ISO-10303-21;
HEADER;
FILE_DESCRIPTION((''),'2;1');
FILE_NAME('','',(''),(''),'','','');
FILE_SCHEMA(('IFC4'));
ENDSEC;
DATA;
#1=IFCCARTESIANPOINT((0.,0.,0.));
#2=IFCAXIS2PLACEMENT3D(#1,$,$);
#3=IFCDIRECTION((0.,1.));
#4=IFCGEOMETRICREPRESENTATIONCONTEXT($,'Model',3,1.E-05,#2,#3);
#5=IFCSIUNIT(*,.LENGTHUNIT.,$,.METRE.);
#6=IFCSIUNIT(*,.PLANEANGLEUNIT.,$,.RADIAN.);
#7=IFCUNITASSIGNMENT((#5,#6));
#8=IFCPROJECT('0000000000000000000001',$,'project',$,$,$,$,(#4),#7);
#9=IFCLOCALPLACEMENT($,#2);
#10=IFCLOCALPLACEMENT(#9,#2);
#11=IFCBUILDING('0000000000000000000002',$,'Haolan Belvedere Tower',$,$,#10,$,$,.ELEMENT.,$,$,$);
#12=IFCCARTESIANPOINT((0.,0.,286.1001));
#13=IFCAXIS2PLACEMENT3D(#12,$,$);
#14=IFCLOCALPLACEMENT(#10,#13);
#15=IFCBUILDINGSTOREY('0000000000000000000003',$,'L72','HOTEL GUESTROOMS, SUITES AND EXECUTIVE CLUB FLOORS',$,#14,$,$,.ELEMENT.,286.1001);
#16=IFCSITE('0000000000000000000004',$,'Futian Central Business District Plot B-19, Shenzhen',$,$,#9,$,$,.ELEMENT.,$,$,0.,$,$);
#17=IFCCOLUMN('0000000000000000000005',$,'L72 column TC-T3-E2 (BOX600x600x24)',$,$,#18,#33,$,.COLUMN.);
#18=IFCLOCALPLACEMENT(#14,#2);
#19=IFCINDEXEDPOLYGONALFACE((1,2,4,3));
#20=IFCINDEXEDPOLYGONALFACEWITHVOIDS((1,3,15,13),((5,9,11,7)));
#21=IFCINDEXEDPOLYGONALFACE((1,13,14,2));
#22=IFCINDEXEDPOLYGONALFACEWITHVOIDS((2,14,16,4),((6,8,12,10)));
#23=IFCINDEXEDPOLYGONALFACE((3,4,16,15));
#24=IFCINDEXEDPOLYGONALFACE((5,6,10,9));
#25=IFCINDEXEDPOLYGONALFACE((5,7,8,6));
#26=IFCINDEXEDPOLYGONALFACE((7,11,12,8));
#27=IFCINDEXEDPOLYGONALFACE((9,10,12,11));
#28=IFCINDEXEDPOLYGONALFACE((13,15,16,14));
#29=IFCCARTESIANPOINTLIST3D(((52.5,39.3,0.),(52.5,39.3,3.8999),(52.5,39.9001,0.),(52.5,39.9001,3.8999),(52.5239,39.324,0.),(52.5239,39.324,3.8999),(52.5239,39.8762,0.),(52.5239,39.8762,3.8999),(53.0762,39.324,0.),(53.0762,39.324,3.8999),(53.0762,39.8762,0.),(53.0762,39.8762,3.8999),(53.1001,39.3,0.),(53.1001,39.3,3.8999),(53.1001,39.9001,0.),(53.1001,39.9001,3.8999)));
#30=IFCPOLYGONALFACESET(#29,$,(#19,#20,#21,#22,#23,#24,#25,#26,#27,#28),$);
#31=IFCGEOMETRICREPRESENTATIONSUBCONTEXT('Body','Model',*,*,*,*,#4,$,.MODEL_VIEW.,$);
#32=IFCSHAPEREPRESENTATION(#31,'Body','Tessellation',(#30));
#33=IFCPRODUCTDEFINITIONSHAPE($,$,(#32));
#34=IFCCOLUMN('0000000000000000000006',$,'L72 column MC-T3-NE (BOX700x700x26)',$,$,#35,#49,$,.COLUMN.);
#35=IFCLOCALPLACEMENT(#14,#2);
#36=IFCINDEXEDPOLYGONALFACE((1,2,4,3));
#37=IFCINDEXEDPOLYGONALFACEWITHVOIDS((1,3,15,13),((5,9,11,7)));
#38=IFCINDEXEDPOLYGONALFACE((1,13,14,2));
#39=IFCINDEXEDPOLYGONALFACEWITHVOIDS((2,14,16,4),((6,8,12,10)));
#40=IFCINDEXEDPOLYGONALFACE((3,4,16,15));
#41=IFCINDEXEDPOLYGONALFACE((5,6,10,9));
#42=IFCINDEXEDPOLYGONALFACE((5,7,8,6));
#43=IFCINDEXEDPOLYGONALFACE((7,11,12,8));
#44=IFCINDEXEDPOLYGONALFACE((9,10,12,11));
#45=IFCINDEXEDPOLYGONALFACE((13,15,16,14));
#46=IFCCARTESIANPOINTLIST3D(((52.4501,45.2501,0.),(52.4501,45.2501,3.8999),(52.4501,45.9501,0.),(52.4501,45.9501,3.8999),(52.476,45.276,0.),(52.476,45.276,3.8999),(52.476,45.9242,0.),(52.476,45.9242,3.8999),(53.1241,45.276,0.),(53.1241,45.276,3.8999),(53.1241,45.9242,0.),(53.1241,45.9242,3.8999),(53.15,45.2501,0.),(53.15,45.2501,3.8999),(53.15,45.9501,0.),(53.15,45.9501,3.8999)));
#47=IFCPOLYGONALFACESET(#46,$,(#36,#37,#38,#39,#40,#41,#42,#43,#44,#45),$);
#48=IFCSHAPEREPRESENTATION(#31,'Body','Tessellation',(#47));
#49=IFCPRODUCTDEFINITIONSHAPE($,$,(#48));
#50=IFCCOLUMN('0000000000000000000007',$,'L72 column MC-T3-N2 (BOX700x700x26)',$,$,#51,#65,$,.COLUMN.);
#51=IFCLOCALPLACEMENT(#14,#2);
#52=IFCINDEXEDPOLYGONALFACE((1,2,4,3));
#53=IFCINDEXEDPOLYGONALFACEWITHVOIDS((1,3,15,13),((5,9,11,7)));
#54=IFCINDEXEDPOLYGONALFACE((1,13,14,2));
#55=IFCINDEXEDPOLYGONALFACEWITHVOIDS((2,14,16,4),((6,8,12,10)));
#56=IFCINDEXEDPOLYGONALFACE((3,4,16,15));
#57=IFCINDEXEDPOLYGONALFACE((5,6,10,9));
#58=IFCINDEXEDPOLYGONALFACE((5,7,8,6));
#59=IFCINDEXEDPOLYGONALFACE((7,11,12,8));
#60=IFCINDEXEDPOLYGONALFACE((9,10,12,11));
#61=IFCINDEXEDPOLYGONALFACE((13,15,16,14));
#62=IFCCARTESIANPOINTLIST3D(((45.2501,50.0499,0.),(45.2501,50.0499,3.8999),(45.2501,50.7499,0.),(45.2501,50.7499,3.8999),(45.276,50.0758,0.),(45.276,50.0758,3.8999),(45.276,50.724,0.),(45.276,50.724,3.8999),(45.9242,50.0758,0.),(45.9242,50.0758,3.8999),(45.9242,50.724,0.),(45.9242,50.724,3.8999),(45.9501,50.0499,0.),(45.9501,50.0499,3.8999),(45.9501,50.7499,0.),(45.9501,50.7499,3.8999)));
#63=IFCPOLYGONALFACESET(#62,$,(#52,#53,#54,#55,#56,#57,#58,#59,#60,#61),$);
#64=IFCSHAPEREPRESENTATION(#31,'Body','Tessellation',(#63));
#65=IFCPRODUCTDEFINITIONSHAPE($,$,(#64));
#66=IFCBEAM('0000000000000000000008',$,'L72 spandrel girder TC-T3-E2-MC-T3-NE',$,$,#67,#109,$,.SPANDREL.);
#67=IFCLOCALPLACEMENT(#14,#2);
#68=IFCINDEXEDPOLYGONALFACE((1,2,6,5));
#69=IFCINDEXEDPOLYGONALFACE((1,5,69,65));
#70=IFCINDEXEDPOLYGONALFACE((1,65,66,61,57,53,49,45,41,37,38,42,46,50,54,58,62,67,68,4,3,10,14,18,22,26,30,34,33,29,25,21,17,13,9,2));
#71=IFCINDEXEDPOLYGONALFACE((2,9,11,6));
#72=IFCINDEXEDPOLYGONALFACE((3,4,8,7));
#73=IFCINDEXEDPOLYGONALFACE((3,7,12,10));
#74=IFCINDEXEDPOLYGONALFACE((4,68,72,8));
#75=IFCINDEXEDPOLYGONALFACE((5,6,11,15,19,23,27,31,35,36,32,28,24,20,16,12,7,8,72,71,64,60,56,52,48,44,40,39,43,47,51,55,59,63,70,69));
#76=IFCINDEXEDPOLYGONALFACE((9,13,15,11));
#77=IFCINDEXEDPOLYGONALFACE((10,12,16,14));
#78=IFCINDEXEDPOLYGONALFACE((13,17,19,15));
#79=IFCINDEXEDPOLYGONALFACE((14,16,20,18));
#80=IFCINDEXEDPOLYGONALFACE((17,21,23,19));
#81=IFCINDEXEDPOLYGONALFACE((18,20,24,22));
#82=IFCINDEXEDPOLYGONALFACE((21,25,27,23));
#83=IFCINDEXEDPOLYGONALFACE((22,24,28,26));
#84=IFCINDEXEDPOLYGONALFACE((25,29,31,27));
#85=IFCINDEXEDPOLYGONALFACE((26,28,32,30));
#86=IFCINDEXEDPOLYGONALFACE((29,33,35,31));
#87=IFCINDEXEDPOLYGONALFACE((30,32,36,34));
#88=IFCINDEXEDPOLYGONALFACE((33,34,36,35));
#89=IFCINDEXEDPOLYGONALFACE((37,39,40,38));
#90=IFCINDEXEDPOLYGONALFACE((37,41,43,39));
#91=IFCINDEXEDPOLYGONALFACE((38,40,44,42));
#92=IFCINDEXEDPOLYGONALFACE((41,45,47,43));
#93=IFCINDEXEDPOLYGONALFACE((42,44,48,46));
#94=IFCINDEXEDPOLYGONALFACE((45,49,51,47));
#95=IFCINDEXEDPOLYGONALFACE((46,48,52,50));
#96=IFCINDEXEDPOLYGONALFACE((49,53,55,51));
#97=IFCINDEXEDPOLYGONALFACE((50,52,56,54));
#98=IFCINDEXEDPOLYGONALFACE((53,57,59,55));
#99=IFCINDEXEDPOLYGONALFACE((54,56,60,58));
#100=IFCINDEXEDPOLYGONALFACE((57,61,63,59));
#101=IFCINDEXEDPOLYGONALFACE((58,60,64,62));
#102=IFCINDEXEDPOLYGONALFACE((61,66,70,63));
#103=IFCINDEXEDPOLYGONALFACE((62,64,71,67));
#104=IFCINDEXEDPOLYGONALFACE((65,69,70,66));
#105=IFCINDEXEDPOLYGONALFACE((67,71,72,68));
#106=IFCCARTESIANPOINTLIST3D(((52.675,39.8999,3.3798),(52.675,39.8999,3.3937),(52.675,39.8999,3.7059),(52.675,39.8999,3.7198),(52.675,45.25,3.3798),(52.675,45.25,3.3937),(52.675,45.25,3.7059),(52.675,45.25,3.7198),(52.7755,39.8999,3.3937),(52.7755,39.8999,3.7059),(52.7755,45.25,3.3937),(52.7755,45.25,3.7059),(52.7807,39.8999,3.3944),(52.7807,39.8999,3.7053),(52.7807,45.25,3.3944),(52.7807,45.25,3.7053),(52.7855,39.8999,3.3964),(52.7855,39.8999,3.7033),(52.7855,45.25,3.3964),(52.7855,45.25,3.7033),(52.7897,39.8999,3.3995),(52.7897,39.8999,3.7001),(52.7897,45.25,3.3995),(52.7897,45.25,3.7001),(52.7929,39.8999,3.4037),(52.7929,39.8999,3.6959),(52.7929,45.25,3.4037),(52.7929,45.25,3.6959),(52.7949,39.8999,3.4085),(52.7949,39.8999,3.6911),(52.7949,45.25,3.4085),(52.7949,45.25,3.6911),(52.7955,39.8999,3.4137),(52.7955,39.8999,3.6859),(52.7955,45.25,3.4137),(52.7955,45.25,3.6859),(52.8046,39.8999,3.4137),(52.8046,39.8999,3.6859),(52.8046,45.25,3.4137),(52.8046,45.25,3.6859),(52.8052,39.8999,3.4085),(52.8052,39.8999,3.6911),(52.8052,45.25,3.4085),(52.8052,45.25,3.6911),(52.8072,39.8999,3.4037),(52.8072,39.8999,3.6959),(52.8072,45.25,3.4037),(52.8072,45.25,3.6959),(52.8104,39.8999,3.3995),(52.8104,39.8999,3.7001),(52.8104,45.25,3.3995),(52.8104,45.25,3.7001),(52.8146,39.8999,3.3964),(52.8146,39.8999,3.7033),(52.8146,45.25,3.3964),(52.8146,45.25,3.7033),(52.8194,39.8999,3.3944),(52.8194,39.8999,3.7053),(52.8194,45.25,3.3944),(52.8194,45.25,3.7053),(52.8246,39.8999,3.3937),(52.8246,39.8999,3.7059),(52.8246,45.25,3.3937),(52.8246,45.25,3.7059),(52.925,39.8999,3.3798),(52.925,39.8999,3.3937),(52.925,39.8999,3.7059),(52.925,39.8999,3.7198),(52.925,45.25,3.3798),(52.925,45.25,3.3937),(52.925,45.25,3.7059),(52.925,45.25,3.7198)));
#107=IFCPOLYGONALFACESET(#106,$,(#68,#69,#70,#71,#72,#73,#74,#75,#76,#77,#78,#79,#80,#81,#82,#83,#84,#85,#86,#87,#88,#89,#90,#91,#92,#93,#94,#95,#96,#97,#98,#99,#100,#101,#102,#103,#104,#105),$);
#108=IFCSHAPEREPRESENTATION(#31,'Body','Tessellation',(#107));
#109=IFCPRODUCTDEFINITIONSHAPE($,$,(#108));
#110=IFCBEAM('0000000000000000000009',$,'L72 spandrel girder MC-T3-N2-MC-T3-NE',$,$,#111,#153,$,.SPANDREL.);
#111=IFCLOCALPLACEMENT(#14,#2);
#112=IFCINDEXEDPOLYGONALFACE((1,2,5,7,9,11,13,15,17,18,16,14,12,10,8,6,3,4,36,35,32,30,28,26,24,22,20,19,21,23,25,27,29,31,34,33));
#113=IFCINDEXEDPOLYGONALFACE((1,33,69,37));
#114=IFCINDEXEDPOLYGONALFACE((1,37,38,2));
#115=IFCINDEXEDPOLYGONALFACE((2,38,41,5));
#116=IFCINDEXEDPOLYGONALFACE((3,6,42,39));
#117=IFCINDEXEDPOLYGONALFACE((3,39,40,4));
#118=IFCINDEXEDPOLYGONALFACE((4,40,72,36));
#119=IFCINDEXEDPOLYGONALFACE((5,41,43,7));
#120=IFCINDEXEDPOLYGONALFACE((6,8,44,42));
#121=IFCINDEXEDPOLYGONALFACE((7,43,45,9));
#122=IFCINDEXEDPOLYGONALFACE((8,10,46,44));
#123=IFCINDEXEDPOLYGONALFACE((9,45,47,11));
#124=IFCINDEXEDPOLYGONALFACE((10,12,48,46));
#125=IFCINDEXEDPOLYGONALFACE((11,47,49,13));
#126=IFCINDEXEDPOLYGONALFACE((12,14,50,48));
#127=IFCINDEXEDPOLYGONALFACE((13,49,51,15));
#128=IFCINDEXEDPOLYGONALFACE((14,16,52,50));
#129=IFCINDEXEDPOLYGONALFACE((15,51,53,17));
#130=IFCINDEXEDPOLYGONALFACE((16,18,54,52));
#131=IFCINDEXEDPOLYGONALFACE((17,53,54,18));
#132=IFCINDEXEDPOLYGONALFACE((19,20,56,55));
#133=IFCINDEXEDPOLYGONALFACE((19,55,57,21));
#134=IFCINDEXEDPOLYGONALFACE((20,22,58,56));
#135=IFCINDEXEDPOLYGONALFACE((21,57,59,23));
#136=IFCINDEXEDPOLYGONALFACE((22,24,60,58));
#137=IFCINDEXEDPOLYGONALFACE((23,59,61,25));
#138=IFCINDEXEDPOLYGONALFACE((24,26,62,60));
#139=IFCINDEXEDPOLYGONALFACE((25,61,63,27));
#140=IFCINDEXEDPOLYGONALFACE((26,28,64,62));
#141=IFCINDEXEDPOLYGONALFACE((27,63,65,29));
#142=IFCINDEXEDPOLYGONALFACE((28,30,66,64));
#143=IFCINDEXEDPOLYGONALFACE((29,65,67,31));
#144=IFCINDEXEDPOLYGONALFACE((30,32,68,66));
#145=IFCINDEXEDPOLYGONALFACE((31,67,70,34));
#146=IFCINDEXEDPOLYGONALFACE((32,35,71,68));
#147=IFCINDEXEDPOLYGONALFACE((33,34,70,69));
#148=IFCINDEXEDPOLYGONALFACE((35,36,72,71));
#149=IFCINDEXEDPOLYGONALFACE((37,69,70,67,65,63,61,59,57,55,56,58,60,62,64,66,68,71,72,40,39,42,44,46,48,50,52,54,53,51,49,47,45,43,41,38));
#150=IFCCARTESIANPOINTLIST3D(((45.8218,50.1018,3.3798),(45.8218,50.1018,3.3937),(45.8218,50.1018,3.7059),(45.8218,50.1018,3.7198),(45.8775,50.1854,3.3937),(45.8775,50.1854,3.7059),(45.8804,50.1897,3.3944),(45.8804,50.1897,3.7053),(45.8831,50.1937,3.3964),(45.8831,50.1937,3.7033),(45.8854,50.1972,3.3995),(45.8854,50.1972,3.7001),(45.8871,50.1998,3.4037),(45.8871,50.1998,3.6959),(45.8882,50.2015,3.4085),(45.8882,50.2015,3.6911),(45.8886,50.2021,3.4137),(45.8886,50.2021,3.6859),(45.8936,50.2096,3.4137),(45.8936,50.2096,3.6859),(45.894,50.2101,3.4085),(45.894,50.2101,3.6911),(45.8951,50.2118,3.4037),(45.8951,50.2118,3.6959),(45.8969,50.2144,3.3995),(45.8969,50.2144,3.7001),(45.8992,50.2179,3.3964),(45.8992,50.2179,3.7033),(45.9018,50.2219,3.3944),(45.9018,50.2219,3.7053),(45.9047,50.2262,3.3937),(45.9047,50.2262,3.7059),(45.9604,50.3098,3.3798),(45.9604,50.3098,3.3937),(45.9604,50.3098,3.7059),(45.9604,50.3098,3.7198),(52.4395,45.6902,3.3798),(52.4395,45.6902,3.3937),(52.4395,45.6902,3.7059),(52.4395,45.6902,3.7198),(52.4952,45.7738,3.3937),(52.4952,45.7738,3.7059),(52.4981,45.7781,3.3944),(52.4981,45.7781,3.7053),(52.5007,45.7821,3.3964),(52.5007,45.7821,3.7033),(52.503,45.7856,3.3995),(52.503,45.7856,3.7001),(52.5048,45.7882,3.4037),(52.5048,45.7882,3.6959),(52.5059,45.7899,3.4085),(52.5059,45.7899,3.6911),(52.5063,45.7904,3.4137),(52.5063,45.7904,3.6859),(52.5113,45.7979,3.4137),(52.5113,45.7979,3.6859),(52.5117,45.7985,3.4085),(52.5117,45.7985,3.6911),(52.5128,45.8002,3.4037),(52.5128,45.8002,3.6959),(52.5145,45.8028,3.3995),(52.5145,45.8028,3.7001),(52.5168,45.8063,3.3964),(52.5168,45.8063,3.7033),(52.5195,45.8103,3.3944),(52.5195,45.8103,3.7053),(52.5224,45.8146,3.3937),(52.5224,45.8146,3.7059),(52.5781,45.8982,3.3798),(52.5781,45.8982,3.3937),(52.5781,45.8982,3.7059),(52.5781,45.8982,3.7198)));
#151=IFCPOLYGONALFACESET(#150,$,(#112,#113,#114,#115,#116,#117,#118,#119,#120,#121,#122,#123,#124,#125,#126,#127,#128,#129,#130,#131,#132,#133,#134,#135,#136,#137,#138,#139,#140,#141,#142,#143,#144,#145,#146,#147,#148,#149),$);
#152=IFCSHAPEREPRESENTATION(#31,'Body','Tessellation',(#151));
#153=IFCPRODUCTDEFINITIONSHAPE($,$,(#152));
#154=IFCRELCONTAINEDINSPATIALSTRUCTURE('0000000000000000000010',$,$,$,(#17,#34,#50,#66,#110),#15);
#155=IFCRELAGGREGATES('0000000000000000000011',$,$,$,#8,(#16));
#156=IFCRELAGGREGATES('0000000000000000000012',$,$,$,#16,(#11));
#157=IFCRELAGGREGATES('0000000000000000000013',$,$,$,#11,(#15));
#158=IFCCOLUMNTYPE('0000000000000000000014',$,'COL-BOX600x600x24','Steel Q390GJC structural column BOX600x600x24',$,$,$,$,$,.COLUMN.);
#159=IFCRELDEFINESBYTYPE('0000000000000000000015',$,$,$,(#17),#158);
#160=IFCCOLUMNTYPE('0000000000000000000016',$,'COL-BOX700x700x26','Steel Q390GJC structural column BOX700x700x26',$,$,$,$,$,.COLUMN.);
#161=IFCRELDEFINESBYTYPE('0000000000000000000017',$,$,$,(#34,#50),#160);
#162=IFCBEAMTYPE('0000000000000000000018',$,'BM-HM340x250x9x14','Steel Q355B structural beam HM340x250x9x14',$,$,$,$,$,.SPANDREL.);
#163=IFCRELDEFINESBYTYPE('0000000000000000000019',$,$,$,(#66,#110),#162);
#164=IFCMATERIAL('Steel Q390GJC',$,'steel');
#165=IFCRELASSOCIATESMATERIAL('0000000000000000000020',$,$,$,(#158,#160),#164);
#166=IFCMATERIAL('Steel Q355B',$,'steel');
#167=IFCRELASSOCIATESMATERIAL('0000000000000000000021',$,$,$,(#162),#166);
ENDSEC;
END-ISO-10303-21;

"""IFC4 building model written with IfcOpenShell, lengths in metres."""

from ifc_helpers import new_model, si_unit, direction, frame, origin, origin_2d, place, context, subcontext, project, spatial, hollow_rectangle, i_section, extrude, material, material_profile, profile_set, type_object, element, save


model = new_model("IFC4")

# Units and contexts
model_context = context("Model", 3, precision=1e-05, world=origin(), true_north=direction((0.0, 1.0)))
body_context = subcontext(model_context, "Body", "Model", "MODEL_VIEW")
ifc_project = project(units=[si_unit("LENGTHUNIT", "METRE"), si_unit("PLANEANGLEUNIT", "RADIAN")], contexts=[model_context])

# Site, building, storey
site_placement = place(None, origin())
site = spatial("IfcSite", under=ifc_project, at=site_placement, Name="Futian Central Business District Plot B-19, Shenzhen", CompositionType="ELEMENT", RefElevation=0.0)
building_placement = place(site_placement, origin())
building = spatial("IfcBuilding", under=site, at=building_placement, Name="Haolan Belvedere Tower", CompositionType="ELEMENT")
storey_placement = place(building_placement, frame((0.0, 0.0, 286.1001)))
storey = spatial("IfcBuildingStorey", under=building, at=storey_placement, Name="L72", Description="HOTEL GUESTROOMS, SUITES AND EXECUTIVE CLUB FLOORS", CompositionType="ELEMENT", Elevation=286.1001)

# Columns
ifc_material_1 = material(Name="Steel Q390GJC", Category="steel")
ifc_material_profile_1 = material_profile(ifc_material_1, hollow_rectangle(XDim=0.6001, YDim=0.6001, WallThickness=0.0239, at=origin_2d()), Name="Steel Q390GJC")
ifc_profile_set_1 = profile_set([ifc_material_profile_1], Name="Steel Q390GJC")
column_type_1 = type_object("IfcColumnType", Name="COL-BOX600x600x24", Description="Steel Q390GJC structural column BOX600x600x24", PredefinedType="COLUMN", material=ifc_profile_set_1)
column_placement = place(storey_placement, frame((52.8, 39.6001, 0.0), z_axis=(0.0, 0.0, 1.0), x_axis=(1.0, 0.0, 0.0)))
element("IfcColumn", 1, at=column_placement, inside=storey, type_object=column_type_1, Name="L72 column TC-T3-E2 (BOX600x600x24)", PredefinedType="COLUMN", context=body_context, shape_type="SweptSolid", body=[
    extrude(hollow_rectangle(XDim=0.6001, YDim=0.6001, WallThickness=0.0239, at=origin_2d()), origin(), (0.0, 0.0, 1.0), 3.8999),
])
ifc_material_profile_2 = material_profile(ifc_material_1, hollow_rectangle(XDim=0.7, YDim=0.7, WallThickness=0.0259, at=origin_2d()), Name="Steel Q390GJC")
ifc_profile_set_2 = profile_set([ifc_material_profile_2], Name="Steel Q390GJC")
column_type_2 = type_object("IfcColumnType", Name="COL-BOX700x700x26", Description="Steel Q390GJC structural column BOX700x700x26", PredefinedType="COLUMN", material=ifc_profile_set_2)
for number, where, z_axis, x_axis, name in (
    (2, (52.8, 45.6001, 0.0), (0.0, 0.0, 1.0), (1.0, 0.0, 0.0), "L72 column MC-T3-NE (BOX700x700x26)"),
    (3, (45.6001, 50.3999, 0.0), (0.0, 0.0, 1.0), (1.0, 0.0, 0.0), "L72 column MC-T3-N2 (BOX700x700x26)"),
):
    element("IfcColumn", number, at=place(storey_placement, frame(where, z_axis=z_axis, x_axis=x_axis)), inside=storey, type_object=column_type_2, Name=name, PredefinedType="COLUMN", context=body_context, shape_type="SweptSolid", body=[
        extrude(hollow_rectangle(XDim=0.7, YDim=0.7, WallThickness=0.0259, at=origin_2d()), origin(), (0.0, 0.0, 1.0), 3.8999),
    ])

# Beams
ifc_material_2 = material(Name="Steel Q355B", Category="steel")
ifc_material_profile_3 = material_profile(ifc_material_2, i_section(OverallWidth=0.25, OverallDepth=0.3401, WebThickness=0.009, FlangeThickness=0.0139, FilletRadius=0.02, at=origin_2d()), Name="Steel Q355B")
ifc_profile_set_3 = profile_set([ifc_material_profile_3], Name="Steel Q355B")
beam_type_1 = type_object("IfcBeamType", Name="BM-HM340x250x9x14", Description="Steel Q355B structural beam HM340x250x9x14", PredefinedType="SPANDREL", material=ifc_profile_set_3)
beam_1_placement = place(storey_placement, frame((52.8, 39.8999, 3.5498), z_axis=(0.0, 1.0, 0.0), x_axis=(-1.0, 0.0, 0.0)))
element("IfcBeam", 4, at=beam_1_placement, inside=storey, type_object=beam_type_1, Name="L72 spandrel girder TC-T3-E2-MC-T3-NE", PredefinedType="SPANDREL", context=body_context, shape_type="SweptSolid", body=[
    extrude(i_section(OverallWidth=0.25, OverallDepth=0.3401, WebThickness=0.009, FlangeThickness=0.0139, FilletRadius=0.02, at=origin_2d()), origin(), (0.0, 0.0, 1.0), 5.3501),
])
beam_2_placement = place(storey_placement, frame((45.8911, 50.2058, 3.5498), z_axis=(0.83206, -0.554686, 0.0), x_axis=(0.554686, 0.83206, 0.0)))
element("IfcBeam", 5, at=beam_2_placement, inside=storey, type_object=beam_type_1, Name="L72 spandrel girder MC-T3-N2-MC-T3-NE", PredefinedType="SPANDREL", context=body_context, shape_type="SweptSolid", body=[
    extrude(i_section(OverallWidth=0.25, OverallDepth=0.3401, WebThickness=0.009, FlangeThickness=0.0139, FilletRadius=0.02, at=origin_2d()), origin(), (0.0, 0.0, 1.0), 7.9534),
])

save(model, "model.ifc")
